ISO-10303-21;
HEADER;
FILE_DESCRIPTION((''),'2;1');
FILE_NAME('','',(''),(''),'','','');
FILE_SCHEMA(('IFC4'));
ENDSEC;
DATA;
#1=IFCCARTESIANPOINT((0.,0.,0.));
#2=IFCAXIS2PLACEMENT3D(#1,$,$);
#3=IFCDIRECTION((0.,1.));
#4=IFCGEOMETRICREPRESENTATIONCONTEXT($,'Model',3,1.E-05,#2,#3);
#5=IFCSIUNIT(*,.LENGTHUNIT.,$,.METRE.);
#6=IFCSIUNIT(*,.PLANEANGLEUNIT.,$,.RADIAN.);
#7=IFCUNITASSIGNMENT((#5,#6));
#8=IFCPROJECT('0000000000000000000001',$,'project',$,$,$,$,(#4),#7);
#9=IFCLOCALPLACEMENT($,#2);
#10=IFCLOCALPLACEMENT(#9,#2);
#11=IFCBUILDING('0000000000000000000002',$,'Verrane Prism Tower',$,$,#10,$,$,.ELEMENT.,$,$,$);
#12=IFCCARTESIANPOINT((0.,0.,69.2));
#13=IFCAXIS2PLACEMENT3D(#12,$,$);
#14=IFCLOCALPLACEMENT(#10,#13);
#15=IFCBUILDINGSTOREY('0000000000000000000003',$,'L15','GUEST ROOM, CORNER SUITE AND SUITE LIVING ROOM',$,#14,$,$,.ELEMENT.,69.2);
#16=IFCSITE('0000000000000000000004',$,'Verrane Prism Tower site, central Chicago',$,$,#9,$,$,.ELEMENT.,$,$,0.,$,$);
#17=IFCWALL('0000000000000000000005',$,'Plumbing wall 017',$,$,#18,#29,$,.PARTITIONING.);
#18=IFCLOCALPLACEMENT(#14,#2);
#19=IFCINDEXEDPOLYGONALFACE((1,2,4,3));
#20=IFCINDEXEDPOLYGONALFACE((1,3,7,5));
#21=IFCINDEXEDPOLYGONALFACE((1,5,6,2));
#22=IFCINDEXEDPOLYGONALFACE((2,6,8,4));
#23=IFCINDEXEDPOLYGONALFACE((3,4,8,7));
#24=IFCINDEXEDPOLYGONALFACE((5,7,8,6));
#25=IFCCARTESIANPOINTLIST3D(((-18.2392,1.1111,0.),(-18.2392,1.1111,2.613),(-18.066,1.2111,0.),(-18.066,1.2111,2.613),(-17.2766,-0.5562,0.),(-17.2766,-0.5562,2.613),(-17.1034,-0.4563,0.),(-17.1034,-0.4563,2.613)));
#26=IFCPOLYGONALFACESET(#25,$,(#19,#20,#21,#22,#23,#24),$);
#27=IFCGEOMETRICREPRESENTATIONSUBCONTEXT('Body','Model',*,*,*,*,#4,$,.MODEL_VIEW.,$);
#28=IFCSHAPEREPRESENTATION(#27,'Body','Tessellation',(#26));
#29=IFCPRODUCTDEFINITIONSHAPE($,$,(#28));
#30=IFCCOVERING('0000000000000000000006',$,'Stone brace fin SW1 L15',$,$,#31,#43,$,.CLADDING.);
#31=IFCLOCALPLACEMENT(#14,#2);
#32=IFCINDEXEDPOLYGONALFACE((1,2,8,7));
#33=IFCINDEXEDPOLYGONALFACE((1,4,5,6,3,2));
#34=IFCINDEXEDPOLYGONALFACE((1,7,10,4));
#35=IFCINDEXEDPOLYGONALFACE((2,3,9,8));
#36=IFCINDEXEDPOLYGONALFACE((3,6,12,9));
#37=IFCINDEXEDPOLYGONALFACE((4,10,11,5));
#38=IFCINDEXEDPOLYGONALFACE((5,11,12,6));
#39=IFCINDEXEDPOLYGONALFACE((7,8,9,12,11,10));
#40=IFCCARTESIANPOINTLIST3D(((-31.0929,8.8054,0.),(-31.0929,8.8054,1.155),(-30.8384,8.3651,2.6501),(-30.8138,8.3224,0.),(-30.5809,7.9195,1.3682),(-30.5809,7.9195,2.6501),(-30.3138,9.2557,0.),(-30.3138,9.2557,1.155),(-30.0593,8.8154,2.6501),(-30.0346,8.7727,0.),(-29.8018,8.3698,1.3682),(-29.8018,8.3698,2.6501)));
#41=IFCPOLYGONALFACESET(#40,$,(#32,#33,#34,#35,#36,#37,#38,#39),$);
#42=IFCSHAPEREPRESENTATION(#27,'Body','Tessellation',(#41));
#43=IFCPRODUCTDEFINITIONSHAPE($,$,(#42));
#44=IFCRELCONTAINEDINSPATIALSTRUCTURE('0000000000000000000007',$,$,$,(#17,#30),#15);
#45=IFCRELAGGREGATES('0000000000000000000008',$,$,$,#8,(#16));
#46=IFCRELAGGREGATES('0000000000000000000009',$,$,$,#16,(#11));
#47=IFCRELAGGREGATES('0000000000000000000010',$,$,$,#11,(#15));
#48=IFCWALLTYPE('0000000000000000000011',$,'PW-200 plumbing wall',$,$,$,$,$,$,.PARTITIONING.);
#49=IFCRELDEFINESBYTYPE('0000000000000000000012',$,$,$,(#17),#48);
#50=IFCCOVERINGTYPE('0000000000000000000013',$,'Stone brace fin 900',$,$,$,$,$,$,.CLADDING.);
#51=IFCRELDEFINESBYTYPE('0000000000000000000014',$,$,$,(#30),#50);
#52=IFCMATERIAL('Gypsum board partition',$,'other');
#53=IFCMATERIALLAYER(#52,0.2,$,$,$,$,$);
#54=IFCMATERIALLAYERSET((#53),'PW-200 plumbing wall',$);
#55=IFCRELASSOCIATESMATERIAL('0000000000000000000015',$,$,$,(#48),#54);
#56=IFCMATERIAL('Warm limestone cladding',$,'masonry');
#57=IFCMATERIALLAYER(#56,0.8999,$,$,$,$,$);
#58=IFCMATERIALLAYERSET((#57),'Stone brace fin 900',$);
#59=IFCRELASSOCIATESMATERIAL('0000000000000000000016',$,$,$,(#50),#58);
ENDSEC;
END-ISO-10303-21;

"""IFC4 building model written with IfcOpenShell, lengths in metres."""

from ifc_helpers import new_model, si_unit, direction, frame, frame_2d, origin, place, context, subcontext, project, spatial, polyline, rectangle, outline, extrude, material, layer, layer_set, type_object, element, save


model = new_model("IFC4")

# Units and contexts
model_context = context("Model", 3, precision=1e-05, world=origin(), true_north=direction((0.0, 1.0)))
body_context = subcontext(model_context, "Body", "Model", "MODEL_VIEW")
ifc_project = project(units=[si_unit("LENGTHUNIT", "METRE"), si_unit("PLANEANGLEUNIT", "RADIAN")], contexts=[model_context])

# Site, building, storey
site_placement = place(None, origin())
site = spatial("IfcSite", under=ifc_project, at=site_placement, Name="Verrane Prism Tower site, central Chicago", CompositionType="ELEMENT", RefElevation=0.0)
building_placement = place(site_placement, origin())
building = spatial("IfcBuilding", under=site, at=building_placement, Name="Verrane Prism Tower", CompositionType="ELEMENT")
storey_placement = place(building_placement, frame((0.0, 0.0, 69.2)))
storey = spatial("IfcBuildingStorey", under=building, at=storey_placement, Name="L15", Description="GUEST ROOM, CORNER SUITE AND SUITE LIVING ROOM", CompositionType="ELEMENT", Elevation=69.2)

# Shared definitions
ifc_material_1 = material(Name="Gypsum board partition", Category="other")
ifc_layer_1 = layer(ifc_material_1, 0.2)
ifc_layer_set_1 = layer_set([ifc_layer_1], Name="PW-200 plumbing wall")
wall_type_1 = type_object("IfcWallType", Name="PW-200 plumbing wall", PredefinedType="PARTITIONING", material=ifc_layer_set_1)

# Wall
wall_1_placement = place(storey_placement, frame((-18.1526, 1.1611, 0.0), z_axis=(0.0, 0.0, 1.0), x_axis=(0.499971, -0.866042, 0.0)))
element("IfcWall", 1, at=wall_1_placement, inside=storey, type_object=wall_type_1, Name="Plumbing wall 017", PredefinedType="PARTITIONING", context=body_context, shape_type="SweptSolid", body=[
    extrude(rectangle(XDim=1.9253, YDim=0.2, at=frame_2d((0.9626, 0.0))), origin(), (0.0, 0.0, 1.0), 2.613),
])

# Covering
ifc_material_2 = material(Name="Warm limestone cladding", Category="masonry")
ifc_layer_2 = layer(ifc_material_2, 0.8999)
ifc_layer_set_2 = layer_set([ifc_layer_2], Name="Stone brace fin 900")
covering_type = type_object("IfcCoveringType", Name="Stone brace fin 900", PredefinedType="CLADDING", material=ifc_layer_set_2)
covering_placement = place(storey_placement, frame((-30.7034, 9.0305, 0.0), z_axis=(0.0, 0.0, 1.0), x_axis=(0.500425, -0.86578, 0.0)))
element("IfcCovering", 2, at=covering_placement, inside=storey, type_object=covering_type, Name="Stone brace fin SW1 L15", PredefinedType="CLADDING", context=body_context, shape_type="SweptSolid", body=[
    extrude(outline(polyline([(1.0232, 2.6501), (0.5085, 2.6501), (0.0, 1.155), (0.0, 0.0), (0.5579, 0.0), (1.0232, 1.3682), (1.0232, 2.6501)])), frame((0.0, 0.45, 0.0), z_axis=(0.0, -1.0, 0.0), x_axis=(1.0, 0.0, 0.0)), (0.0, 0.0, 1.0), 0.8999),
])

save(model, "model.ifc")
